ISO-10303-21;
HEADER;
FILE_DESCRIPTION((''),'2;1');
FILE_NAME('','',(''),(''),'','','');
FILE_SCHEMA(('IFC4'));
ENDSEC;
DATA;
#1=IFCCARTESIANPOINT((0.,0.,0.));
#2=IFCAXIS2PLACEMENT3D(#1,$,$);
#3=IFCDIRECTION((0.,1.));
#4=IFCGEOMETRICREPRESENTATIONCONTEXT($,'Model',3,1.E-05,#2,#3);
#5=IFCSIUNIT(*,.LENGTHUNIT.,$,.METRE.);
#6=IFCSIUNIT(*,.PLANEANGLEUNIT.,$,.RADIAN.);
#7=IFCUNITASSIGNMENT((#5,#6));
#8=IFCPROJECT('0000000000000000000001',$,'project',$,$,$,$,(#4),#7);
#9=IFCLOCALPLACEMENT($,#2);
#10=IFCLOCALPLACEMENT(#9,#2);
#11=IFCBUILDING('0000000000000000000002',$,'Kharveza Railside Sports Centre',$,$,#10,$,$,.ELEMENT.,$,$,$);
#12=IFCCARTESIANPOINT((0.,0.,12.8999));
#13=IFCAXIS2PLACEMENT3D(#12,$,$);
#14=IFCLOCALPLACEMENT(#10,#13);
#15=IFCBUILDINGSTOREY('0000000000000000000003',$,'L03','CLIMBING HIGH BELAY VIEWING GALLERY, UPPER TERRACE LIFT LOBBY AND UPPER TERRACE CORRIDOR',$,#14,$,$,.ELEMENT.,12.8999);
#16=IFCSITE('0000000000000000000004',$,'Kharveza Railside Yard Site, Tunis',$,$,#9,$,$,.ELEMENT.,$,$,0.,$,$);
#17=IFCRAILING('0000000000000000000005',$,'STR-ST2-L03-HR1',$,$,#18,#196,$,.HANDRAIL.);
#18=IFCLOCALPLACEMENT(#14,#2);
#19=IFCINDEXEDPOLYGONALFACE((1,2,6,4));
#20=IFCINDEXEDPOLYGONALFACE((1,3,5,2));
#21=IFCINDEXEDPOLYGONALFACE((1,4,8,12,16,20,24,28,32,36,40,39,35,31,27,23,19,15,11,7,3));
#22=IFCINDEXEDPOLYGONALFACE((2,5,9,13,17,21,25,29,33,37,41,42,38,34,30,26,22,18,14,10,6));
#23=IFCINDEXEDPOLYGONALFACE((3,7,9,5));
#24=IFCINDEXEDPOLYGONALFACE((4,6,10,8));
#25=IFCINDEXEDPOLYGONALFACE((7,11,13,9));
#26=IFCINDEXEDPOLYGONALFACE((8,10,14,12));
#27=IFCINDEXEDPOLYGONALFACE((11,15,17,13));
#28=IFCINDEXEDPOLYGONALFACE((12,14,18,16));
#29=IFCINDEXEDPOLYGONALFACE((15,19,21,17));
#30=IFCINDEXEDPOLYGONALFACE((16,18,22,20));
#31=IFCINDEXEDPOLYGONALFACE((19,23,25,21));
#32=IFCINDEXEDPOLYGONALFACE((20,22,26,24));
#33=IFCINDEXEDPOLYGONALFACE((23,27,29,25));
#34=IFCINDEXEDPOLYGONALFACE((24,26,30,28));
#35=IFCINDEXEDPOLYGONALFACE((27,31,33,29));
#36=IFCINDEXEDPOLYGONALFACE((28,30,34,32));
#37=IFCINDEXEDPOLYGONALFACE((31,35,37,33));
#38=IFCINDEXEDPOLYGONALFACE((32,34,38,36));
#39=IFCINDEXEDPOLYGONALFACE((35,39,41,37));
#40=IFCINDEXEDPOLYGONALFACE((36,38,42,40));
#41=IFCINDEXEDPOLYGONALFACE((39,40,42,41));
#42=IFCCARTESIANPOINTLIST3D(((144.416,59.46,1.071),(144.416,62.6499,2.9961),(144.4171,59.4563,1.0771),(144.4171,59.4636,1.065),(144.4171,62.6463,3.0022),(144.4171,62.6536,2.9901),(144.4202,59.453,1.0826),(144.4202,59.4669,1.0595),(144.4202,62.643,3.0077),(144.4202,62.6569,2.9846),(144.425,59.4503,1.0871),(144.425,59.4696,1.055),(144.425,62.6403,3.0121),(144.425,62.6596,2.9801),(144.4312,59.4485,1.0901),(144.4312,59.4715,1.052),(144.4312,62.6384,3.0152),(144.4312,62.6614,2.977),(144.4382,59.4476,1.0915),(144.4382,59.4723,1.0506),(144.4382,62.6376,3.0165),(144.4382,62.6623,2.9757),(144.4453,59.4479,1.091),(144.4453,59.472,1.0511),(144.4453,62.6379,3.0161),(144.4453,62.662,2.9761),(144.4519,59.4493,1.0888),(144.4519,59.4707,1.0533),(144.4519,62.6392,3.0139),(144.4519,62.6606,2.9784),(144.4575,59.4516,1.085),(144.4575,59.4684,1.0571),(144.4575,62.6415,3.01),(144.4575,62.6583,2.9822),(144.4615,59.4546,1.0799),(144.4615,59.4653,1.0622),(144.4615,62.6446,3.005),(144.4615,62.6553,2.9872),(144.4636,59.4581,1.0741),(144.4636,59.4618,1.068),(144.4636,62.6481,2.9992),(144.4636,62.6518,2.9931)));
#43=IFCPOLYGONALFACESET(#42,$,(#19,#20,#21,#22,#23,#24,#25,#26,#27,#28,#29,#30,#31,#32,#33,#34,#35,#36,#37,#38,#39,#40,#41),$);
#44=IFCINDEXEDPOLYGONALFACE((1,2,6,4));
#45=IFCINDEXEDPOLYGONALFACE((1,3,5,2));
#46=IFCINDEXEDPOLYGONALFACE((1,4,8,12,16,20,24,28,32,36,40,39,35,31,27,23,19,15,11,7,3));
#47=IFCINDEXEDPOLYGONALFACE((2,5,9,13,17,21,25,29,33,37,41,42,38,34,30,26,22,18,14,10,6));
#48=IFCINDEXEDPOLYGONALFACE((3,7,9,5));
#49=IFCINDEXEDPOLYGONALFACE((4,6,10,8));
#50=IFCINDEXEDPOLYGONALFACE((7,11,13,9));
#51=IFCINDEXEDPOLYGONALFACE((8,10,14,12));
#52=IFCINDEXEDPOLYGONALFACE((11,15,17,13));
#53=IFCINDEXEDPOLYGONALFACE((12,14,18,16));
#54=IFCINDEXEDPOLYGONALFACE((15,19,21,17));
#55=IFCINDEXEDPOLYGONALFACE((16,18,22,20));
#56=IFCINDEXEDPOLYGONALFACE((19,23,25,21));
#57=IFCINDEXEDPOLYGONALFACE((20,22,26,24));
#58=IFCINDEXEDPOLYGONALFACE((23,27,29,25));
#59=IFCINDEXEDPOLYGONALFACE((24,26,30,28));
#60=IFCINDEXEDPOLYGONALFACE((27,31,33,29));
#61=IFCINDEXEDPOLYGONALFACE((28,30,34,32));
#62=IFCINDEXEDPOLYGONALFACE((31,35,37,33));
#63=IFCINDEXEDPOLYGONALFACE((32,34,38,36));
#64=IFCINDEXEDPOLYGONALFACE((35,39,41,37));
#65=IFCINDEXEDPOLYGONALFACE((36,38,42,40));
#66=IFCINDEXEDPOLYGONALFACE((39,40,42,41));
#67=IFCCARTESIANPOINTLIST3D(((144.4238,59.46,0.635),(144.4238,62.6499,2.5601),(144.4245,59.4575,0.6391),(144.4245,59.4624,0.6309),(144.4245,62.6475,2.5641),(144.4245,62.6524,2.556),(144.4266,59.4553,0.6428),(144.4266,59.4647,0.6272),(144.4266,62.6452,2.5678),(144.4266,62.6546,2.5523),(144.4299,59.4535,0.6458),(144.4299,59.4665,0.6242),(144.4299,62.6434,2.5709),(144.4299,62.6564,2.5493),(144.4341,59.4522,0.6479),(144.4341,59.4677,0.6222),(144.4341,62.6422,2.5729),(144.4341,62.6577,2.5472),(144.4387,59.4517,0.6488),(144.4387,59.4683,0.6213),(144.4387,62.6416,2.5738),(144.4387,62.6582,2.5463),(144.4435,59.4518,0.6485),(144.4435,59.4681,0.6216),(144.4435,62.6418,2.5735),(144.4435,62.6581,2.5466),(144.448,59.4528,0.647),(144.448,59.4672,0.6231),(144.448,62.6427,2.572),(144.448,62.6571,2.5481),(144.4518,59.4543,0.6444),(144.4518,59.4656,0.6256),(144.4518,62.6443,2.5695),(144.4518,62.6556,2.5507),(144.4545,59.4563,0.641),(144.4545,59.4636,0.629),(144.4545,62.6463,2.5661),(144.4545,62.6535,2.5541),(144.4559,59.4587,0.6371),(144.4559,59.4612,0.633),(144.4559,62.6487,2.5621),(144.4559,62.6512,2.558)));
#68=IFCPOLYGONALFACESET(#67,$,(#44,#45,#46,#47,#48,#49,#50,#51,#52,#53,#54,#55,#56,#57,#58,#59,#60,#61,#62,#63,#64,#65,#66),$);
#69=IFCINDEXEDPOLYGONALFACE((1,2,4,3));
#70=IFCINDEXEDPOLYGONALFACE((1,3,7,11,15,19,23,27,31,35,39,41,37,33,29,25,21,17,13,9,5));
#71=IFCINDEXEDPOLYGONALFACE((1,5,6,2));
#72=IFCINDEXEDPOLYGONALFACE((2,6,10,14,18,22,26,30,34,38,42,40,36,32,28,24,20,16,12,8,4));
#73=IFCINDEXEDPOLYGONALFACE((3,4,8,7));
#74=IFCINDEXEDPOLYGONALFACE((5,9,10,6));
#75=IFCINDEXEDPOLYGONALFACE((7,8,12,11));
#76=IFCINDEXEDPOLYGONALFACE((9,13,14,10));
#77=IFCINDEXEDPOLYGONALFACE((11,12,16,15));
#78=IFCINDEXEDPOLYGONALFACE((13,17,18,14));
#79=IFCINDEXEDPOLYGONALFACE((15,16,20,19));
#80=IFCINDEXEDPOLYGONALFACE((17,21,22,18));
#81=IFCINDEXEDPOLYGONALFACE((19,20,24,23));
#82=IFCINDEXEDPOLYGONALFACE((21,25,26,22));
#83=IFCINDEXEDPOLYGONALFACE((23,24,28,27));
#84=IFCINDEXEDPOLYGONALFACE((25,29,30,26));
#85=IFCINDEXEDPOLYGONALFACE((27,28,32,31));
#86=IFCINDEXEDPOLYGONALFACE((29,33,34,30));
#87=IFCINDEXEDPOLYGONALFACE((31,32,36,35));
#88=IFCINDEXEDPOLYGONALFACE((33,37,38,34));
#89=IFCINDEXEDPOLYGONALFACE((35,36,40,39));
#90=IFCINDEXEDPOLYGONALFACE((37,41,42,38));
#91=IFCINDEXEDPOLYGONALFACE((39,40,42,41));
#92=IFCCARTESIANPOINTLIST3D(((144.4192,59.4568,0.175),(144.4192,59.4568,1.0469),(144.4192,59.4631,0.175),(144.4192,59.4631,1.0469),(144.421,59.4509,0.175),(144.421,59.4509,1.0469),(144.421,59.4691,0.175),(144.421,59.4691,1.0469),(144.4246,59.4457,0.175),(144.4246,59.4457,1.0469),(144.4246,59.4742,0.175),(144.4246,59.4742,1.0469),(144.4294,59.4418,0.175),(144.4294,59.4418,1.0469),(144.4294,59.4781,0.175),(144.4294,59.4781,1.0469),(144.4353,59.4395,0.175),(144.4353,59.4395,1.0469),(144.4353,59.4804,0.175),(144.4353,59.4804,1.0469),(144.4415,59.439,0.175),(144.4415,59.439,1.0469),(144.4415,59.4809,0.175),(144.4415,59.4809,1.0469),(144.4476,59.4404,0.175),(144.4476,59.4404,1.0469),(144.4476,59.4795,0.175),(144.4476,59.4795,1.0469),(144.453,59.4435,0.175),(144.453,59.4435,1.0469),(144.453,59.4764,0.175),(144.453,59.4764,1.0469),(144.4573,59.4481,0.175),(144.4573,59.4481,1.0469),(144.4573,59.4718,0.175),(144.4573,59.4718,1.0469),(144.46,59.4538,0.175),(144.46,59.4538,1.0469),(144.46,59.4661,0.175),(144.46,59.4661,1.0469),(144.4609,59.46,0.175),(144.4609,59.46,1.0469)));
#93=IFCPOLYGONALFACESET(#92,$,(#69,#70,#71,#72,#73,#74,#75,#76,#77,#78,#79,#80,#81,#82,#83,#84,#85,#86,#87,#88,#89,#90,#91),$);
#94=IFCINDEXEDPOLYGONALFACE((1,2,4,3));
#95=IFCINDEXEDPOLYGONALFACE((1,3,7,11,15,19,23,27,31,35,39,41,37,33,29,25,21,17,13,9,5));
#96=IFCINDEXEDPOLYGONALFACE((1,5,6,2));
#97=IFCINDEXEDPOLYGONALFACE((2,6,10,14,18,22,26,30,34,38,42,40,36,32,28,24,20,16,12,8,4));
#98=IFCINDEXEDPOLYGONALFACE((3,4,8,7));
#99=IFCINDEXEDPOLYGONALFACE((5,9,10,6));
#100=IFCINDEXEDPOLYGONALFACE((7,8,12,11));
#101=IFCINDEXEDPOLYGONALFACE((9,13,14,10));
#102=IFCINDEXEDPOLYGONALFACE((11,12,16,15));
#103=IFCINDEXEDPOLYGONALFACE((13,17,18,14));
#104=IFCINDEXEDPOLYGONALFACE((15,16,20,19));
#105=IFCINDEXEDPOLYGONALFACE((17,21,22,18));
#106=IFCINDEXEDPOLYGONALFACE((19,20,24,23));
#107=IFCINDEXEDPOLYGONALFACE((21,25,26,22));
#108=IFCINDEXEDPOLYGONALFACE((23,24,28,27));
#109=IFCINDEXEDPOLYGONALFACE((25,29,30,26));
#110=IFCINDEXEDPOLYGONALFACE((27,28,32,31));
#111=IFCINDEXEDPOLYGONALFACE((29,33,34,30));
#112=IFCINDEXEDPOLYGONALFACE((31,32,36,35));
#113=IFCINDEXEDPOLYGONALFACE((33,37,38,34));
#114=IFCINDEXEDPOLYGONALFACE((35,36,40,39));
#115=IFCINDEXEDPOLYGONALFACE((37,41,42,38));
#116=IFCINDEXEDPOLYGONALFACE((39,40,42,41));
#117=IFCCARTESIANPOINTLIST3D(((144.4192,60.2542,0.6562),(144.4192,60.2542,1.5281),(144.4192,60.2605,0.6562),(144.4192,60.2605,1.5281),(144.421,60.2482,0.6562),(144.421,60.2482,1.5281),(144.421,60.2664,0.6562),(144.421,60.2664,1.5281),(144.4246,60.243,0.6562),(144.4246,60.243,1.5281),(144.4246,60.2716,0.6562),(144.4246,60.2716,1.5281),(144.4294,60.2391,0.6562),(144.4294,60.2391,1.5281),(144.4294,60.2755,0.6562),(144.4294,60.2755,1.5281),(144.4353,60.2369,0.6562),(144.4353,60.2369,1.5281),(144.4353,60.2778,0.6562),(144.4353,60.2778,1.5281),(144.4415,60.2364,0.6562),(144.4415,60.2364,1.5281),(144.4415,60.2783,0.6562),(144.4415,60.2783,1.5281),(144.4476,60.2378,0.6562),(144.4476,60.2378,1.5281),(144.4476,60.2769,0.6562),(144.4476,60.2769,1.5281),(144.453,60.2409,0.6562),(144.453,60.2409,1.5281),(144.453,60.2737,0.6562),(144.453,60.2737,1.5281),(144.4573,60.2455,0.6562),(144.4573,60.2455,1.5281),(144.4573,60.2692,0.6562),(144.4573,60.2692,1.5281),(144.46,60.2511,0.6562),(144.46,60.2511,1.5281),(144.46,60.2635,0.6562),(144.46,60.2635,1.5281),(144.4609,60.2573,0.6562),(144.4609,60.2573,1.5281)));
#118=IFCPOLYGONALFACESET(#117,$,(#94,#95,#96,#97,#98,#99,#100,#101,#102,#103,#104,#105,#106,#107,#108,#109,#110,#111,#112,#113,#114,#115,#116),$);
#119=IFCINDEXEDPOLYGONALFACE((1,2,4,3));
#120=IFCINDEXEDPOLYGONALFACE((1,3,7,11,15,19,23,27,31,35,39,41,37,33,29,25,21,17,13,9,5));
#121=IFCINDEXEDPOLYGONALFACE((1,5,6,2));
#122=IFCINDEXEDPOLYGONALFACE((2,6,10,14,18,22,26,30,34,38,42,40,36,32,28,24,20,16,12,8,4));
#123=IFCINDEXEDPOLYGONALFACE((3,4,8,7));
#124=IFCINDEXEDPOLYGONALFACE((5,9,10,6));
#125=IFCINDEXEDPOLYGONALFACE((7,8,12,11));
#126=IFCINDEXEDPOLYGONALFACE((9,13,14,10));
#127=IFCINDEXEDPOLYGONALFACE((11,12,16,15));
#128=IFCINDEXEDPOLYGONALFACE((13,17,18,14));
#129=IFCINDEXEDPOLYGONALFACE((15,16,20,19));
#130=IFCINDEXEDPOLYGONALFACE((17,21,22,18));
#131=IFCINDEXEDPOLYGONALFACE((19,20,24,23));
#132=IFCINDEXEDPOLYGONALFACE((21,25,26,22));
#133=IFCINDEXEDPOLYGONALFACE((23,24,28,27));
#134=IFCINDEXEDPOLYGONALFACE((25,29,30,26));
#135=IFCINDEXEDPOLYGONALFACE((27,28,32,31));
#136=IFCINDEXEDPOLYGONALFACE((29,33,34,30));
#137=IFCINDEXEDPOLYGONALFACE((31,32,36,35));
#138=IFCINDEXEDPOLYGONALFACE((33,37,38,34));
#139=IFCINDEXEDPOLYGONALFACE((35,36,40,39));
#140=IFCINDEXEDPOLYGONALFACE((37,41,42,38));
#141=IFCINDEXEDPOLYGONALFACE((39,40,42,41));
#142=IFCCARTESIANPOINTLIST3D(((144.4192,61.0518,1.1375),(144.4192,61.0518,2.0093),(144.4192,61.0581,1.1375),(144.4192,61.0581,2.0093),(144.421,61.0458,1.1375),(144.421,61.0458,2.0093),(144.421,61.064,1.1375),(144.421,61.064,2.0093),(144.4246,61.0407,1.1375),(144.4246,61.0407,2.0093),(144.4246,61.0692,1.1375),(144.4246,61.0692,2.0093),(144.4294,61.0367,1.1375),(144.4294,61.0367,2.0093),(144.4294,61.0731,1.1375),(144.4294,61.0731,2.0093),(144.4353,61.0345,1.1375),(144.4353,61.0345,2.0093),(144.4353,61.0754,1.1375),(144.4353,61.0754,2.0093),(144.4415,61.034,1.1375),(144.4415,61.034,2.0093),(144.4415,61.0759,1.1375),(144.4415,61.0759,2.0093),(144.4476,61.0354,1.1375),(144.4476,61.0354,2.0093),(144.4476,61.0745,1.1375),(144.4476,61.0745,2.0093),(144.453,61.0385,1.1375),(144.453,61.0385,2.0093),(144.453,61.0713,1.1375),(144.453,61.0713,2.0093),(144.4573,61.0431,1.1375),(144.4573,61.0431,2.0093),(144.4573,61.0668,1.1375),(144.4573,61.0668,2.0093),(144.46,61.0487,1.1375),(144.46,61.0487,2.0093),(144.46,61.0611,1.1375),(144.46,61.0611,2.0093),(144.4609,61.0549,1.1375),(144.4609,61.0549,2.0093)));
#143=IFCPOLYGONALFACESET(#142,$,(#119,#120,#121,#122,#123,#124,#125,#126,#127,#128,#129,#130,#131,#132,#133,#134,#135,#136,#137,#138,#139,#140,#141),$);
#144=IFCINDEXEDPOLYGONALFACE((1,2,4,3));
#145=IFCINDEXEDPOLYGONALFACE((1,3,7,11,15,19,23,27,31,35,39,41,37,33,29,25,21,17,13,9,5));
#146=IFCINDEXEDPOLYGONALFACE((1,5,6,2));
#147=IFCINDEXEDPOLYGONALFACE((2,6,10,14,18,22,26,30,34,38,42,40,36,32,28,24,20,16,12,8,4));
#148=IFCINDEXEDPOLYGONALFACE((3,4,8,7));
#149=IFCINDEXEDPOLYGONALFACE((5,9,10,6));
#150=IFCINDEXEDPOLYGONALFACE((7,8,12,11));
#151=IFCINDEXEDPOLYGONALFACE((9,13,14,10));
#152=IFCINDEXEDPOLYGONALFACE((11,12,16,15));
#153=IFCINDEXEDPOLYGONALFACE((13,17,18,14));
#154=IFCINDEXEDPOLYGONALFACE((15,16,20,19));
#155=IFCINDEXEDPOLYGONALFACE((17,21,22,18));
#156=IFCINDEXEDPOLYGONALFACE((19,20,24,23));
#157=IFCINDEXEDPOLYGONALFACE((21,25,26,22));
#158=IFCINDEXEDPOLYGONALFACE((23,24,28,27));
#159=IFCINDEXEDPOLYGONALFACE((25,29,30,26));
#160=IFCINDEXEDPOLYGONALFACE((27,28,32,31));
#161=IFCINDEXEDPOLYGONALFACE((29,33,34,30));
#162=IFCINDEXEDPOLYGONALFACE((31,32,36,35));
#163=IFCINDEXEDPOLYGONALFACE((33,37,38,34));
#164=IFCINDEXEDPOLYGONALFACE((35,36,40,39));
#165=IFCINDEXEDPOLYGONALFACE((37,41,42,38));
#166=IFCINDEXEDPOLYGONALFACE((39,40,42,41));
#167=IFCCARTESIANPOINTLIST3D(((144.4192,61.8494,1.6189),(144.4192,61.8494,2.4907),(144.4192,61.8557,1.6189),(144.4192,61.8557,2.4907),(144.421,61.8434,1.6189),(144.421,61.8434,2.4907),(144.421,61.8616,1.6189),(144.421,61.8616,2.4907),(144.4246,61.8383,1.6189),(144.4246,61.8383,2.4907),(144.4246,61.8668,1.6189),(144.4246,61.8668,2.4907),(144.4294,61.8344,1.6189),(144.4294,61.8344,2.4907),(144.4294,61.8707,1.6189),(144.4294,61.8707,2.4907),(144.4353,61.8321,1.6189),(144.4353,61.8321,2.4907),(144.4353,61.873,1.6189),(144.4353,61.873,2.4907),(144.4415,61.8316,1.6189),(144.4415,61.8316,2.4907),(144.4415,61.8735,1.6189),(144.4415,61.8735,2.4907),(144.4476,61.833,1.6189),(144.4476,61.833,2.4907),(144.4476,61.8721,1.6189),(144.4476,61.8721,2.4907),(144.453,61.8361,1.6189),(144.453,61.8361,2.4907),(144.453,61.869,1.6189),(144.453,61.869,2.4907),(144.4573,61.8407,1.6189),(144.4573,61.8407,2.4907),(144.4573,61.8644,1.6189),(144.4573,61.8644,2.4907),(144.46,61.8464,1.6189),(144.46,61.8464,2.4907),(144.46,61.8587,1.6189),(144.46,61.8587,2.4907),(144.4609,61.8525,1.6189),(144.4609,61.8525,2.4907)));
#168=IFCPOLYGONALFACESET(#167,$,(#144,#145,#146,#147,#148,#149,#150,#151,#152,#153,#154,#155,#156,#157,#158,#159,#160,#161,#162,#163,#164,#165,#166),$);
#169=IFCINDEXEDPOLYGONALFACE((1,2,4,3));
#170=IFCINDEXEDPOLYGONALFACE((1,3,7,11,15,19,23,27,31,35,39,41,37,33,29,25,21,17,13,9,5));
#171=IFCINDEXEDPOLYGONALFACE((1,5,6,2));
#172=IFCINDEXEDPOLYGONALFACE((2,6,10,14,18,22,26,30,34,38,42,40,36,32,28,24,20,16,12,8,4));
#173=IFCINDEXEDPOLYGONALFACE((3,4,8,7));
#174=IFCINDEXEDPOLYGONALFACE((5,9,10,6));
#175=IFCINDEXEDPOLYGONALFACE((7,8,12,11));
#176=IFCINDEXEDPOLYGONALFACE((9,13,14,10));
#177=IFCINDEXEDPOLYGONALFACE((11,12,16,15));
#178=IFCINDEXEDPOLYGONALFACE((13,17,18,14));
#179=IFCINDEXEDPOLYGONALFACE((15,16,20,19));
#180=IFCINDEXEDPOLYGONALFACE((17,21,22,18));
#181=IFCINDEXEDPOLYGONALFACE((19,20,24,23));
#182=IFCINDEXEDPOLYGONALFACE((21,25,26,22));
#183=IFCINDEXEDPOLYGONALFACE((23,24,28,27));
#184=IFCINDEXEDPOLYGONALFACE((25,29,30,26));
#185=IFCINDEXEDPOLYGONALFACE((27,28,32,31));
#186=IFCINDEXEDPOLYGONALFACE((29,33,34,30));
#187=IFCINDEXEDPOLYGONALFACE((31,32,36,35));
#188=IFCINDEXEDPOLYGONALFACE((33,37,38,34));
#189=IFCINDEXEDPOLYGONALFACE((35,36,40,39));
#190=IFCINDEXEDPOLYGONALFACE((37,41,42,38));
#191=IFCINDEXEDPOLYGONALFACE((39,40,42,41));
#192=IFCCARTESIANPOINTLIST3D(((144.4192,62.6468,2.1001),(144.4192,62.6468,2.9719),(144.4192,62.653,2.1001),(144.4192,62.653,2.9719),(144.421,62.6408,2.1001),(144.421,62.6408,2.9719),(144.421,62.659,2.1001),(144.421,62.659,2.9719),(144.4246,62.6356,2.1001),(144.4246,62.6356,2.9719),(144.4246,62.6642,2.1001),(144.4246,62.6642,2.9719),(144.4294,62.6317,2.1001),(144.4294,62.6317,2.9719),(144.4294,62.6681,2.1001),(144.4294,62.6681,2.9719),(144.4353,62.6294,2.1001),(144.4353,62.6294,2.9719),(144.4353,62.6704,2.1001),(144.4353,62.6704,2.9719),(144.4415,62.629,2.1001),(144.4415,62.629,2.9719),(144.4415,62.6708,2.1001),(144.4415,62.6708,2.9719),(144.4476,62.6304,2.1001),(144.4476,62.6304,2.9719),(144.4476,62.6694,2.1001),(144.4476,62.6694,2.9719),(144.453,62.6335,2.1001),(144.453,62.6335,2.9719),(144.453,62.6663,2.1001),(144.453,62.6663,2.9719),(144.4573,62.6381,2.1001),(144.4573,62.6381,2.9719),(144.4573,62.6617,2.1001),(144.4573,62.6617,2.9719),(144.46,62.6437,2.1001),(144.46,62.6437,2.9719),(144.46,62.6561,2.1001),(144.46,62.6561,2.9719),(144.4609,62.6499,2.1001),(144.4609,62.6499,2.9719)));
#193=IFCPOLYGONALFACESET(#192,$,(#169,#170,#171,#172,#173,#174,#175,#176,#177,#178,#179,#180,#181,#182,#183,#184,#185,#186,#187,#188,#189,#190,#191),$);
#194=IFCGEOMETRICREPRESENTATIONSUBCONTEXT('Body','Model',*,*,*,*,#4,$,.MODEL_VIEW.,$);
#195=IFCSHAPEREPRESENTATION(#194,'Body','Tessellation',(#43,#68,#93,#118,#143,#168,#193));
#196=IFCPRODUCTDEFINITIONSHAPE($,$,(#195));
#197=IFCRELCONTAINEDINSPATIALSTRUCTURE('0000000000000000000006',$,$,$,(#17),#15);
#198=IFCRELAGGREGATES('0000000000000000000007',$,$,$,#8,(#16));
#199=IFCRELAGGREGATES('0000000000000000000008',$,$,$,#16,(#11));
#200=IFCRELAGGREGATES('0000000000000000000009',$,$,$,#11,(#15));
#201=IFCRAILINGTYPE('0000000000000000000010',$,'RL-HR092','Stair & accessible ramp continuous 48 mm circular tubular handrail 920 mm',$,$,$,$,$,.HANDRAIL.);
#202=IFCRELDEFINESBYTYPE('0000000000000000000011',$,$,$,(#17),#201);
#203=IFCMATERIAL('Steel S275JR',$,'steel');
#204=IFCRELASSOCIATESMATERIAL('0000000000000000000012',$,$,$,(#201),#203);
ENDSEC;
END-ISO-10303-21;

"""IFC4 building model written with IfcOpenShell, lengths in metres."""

from ifc_helpers import new_model, si_unit, direction, frame, origin, origin_2d, place, context, subcontext, project, spatial, circle, extrude, material, type_object, element, save


model = new_model("IFC4")

# Units and contexts
model_context = context("Model", 3, precision=1e-05, world=origin(), true_north=direction((0.0, 1.0)))
body_context = subcontext(model_context, "Body", "Model", "MODEL_VIEW")
ifc_project = project(units=[si_unit("LENGTHUNIT", "METRE"), si_unit("PLANEANGLEUNIT", "RADIAN")], contexts=[model_context])

# Site, building, storey
site_placement = place(None, origin())
site = spatial("IfcSite", under=ifc_project, at=site_placement, Name="Kharveza Railside Yard Site, Tunis", CompositionType="ELEMENT", RefElevation=0.0)
building_placement = place(site_placement, origin())
building = spatial("IfcBuilding", under=site, at=building_placement, Name="Kharveza Railside Sports Centre", CompositionType="ELEMENT")
storey_placement = place(building_placement, frame((0.0, 0.0, 12.8999)))
storey = spatial("IfcBuildingStorey", under=building, at=storey_placement, Name="L03", Description="CLIMBING HIGH BELAY VIEWING GALLERY, UPPER TERRACE LIFT LOBBY AND UPPER TERRACE CORRIDOR", CompositionType="ELEMENT", Elevation=12.8999)

# Railing
ifc_material_1 = material(Name="Steel S275JR", Category="steel")
railing_type_1 = type_object("IfcRailingType", Name="RL-HR092", Description="Stair & accessible ramp continuous 48 mm circular tubular handrail 920 mm", PredefinedType="HANDRAIL", material=ifc_material_1)
railing_1_placement = place(storey_placement, frame((144.4399, 59.46, 0.175)))
element("IfcRailing", 1, at=railing_1_placement, inside=storey, type_object=railing_type_1, Name="STR-ST2-L03-HR1", PredefinedType="HANDRAIL", context=body_context, shape_type="SweptSolid", body=[
    extrude(circle(Radius=0.0239, at=origin_2d()), frame((0.0, 0.0, 0.896), z_axis=(0.0, 0.856178, 0.516682), x_axis=(-1.0, 0.0, 0.0)), (0.0, 0.0, 1.0), 3.7258),
    extrude(circle(Radius=0.0161, at=origin_2d()), frame((0.0, 0.0, 0.46), z_axis=(0.0, 0.856178, 0.516682), x_axis=(-1.0, 0.0, 0.0)), (0.0, 0.0, 1.0), 3.7258),
    extrude(circle(Radius=0.021, at=origin_2d()), origin(), (0.0, 0.0, 1.0), 0.8718),
    extrude(circle(Radius=0.021, at=origin_2d()), frame((0.0, 0.7974, 0.4812)), (0.0, 0.0, 1.0), 0.8718),
    extrude(circle(Radius=0.021, at=origin_2d()), frame((0.0, 1.595, 0.9624)), (0.0, 0.0, 1.0), 0.8718),
    extrude(circle(Radius=0.021, at=origin_2d()), frame((0.0, 2.3926, 1.4438)), (0.0, 0.0, 1.0), 0.8718),
    extrude(circle(Radius=0.021, at=origin_2d()), frame((0.0, 3.1899, 1.925)), (0.0, 0.0, 1.0), 0.8718),
])

save(model, "model.ifc")
